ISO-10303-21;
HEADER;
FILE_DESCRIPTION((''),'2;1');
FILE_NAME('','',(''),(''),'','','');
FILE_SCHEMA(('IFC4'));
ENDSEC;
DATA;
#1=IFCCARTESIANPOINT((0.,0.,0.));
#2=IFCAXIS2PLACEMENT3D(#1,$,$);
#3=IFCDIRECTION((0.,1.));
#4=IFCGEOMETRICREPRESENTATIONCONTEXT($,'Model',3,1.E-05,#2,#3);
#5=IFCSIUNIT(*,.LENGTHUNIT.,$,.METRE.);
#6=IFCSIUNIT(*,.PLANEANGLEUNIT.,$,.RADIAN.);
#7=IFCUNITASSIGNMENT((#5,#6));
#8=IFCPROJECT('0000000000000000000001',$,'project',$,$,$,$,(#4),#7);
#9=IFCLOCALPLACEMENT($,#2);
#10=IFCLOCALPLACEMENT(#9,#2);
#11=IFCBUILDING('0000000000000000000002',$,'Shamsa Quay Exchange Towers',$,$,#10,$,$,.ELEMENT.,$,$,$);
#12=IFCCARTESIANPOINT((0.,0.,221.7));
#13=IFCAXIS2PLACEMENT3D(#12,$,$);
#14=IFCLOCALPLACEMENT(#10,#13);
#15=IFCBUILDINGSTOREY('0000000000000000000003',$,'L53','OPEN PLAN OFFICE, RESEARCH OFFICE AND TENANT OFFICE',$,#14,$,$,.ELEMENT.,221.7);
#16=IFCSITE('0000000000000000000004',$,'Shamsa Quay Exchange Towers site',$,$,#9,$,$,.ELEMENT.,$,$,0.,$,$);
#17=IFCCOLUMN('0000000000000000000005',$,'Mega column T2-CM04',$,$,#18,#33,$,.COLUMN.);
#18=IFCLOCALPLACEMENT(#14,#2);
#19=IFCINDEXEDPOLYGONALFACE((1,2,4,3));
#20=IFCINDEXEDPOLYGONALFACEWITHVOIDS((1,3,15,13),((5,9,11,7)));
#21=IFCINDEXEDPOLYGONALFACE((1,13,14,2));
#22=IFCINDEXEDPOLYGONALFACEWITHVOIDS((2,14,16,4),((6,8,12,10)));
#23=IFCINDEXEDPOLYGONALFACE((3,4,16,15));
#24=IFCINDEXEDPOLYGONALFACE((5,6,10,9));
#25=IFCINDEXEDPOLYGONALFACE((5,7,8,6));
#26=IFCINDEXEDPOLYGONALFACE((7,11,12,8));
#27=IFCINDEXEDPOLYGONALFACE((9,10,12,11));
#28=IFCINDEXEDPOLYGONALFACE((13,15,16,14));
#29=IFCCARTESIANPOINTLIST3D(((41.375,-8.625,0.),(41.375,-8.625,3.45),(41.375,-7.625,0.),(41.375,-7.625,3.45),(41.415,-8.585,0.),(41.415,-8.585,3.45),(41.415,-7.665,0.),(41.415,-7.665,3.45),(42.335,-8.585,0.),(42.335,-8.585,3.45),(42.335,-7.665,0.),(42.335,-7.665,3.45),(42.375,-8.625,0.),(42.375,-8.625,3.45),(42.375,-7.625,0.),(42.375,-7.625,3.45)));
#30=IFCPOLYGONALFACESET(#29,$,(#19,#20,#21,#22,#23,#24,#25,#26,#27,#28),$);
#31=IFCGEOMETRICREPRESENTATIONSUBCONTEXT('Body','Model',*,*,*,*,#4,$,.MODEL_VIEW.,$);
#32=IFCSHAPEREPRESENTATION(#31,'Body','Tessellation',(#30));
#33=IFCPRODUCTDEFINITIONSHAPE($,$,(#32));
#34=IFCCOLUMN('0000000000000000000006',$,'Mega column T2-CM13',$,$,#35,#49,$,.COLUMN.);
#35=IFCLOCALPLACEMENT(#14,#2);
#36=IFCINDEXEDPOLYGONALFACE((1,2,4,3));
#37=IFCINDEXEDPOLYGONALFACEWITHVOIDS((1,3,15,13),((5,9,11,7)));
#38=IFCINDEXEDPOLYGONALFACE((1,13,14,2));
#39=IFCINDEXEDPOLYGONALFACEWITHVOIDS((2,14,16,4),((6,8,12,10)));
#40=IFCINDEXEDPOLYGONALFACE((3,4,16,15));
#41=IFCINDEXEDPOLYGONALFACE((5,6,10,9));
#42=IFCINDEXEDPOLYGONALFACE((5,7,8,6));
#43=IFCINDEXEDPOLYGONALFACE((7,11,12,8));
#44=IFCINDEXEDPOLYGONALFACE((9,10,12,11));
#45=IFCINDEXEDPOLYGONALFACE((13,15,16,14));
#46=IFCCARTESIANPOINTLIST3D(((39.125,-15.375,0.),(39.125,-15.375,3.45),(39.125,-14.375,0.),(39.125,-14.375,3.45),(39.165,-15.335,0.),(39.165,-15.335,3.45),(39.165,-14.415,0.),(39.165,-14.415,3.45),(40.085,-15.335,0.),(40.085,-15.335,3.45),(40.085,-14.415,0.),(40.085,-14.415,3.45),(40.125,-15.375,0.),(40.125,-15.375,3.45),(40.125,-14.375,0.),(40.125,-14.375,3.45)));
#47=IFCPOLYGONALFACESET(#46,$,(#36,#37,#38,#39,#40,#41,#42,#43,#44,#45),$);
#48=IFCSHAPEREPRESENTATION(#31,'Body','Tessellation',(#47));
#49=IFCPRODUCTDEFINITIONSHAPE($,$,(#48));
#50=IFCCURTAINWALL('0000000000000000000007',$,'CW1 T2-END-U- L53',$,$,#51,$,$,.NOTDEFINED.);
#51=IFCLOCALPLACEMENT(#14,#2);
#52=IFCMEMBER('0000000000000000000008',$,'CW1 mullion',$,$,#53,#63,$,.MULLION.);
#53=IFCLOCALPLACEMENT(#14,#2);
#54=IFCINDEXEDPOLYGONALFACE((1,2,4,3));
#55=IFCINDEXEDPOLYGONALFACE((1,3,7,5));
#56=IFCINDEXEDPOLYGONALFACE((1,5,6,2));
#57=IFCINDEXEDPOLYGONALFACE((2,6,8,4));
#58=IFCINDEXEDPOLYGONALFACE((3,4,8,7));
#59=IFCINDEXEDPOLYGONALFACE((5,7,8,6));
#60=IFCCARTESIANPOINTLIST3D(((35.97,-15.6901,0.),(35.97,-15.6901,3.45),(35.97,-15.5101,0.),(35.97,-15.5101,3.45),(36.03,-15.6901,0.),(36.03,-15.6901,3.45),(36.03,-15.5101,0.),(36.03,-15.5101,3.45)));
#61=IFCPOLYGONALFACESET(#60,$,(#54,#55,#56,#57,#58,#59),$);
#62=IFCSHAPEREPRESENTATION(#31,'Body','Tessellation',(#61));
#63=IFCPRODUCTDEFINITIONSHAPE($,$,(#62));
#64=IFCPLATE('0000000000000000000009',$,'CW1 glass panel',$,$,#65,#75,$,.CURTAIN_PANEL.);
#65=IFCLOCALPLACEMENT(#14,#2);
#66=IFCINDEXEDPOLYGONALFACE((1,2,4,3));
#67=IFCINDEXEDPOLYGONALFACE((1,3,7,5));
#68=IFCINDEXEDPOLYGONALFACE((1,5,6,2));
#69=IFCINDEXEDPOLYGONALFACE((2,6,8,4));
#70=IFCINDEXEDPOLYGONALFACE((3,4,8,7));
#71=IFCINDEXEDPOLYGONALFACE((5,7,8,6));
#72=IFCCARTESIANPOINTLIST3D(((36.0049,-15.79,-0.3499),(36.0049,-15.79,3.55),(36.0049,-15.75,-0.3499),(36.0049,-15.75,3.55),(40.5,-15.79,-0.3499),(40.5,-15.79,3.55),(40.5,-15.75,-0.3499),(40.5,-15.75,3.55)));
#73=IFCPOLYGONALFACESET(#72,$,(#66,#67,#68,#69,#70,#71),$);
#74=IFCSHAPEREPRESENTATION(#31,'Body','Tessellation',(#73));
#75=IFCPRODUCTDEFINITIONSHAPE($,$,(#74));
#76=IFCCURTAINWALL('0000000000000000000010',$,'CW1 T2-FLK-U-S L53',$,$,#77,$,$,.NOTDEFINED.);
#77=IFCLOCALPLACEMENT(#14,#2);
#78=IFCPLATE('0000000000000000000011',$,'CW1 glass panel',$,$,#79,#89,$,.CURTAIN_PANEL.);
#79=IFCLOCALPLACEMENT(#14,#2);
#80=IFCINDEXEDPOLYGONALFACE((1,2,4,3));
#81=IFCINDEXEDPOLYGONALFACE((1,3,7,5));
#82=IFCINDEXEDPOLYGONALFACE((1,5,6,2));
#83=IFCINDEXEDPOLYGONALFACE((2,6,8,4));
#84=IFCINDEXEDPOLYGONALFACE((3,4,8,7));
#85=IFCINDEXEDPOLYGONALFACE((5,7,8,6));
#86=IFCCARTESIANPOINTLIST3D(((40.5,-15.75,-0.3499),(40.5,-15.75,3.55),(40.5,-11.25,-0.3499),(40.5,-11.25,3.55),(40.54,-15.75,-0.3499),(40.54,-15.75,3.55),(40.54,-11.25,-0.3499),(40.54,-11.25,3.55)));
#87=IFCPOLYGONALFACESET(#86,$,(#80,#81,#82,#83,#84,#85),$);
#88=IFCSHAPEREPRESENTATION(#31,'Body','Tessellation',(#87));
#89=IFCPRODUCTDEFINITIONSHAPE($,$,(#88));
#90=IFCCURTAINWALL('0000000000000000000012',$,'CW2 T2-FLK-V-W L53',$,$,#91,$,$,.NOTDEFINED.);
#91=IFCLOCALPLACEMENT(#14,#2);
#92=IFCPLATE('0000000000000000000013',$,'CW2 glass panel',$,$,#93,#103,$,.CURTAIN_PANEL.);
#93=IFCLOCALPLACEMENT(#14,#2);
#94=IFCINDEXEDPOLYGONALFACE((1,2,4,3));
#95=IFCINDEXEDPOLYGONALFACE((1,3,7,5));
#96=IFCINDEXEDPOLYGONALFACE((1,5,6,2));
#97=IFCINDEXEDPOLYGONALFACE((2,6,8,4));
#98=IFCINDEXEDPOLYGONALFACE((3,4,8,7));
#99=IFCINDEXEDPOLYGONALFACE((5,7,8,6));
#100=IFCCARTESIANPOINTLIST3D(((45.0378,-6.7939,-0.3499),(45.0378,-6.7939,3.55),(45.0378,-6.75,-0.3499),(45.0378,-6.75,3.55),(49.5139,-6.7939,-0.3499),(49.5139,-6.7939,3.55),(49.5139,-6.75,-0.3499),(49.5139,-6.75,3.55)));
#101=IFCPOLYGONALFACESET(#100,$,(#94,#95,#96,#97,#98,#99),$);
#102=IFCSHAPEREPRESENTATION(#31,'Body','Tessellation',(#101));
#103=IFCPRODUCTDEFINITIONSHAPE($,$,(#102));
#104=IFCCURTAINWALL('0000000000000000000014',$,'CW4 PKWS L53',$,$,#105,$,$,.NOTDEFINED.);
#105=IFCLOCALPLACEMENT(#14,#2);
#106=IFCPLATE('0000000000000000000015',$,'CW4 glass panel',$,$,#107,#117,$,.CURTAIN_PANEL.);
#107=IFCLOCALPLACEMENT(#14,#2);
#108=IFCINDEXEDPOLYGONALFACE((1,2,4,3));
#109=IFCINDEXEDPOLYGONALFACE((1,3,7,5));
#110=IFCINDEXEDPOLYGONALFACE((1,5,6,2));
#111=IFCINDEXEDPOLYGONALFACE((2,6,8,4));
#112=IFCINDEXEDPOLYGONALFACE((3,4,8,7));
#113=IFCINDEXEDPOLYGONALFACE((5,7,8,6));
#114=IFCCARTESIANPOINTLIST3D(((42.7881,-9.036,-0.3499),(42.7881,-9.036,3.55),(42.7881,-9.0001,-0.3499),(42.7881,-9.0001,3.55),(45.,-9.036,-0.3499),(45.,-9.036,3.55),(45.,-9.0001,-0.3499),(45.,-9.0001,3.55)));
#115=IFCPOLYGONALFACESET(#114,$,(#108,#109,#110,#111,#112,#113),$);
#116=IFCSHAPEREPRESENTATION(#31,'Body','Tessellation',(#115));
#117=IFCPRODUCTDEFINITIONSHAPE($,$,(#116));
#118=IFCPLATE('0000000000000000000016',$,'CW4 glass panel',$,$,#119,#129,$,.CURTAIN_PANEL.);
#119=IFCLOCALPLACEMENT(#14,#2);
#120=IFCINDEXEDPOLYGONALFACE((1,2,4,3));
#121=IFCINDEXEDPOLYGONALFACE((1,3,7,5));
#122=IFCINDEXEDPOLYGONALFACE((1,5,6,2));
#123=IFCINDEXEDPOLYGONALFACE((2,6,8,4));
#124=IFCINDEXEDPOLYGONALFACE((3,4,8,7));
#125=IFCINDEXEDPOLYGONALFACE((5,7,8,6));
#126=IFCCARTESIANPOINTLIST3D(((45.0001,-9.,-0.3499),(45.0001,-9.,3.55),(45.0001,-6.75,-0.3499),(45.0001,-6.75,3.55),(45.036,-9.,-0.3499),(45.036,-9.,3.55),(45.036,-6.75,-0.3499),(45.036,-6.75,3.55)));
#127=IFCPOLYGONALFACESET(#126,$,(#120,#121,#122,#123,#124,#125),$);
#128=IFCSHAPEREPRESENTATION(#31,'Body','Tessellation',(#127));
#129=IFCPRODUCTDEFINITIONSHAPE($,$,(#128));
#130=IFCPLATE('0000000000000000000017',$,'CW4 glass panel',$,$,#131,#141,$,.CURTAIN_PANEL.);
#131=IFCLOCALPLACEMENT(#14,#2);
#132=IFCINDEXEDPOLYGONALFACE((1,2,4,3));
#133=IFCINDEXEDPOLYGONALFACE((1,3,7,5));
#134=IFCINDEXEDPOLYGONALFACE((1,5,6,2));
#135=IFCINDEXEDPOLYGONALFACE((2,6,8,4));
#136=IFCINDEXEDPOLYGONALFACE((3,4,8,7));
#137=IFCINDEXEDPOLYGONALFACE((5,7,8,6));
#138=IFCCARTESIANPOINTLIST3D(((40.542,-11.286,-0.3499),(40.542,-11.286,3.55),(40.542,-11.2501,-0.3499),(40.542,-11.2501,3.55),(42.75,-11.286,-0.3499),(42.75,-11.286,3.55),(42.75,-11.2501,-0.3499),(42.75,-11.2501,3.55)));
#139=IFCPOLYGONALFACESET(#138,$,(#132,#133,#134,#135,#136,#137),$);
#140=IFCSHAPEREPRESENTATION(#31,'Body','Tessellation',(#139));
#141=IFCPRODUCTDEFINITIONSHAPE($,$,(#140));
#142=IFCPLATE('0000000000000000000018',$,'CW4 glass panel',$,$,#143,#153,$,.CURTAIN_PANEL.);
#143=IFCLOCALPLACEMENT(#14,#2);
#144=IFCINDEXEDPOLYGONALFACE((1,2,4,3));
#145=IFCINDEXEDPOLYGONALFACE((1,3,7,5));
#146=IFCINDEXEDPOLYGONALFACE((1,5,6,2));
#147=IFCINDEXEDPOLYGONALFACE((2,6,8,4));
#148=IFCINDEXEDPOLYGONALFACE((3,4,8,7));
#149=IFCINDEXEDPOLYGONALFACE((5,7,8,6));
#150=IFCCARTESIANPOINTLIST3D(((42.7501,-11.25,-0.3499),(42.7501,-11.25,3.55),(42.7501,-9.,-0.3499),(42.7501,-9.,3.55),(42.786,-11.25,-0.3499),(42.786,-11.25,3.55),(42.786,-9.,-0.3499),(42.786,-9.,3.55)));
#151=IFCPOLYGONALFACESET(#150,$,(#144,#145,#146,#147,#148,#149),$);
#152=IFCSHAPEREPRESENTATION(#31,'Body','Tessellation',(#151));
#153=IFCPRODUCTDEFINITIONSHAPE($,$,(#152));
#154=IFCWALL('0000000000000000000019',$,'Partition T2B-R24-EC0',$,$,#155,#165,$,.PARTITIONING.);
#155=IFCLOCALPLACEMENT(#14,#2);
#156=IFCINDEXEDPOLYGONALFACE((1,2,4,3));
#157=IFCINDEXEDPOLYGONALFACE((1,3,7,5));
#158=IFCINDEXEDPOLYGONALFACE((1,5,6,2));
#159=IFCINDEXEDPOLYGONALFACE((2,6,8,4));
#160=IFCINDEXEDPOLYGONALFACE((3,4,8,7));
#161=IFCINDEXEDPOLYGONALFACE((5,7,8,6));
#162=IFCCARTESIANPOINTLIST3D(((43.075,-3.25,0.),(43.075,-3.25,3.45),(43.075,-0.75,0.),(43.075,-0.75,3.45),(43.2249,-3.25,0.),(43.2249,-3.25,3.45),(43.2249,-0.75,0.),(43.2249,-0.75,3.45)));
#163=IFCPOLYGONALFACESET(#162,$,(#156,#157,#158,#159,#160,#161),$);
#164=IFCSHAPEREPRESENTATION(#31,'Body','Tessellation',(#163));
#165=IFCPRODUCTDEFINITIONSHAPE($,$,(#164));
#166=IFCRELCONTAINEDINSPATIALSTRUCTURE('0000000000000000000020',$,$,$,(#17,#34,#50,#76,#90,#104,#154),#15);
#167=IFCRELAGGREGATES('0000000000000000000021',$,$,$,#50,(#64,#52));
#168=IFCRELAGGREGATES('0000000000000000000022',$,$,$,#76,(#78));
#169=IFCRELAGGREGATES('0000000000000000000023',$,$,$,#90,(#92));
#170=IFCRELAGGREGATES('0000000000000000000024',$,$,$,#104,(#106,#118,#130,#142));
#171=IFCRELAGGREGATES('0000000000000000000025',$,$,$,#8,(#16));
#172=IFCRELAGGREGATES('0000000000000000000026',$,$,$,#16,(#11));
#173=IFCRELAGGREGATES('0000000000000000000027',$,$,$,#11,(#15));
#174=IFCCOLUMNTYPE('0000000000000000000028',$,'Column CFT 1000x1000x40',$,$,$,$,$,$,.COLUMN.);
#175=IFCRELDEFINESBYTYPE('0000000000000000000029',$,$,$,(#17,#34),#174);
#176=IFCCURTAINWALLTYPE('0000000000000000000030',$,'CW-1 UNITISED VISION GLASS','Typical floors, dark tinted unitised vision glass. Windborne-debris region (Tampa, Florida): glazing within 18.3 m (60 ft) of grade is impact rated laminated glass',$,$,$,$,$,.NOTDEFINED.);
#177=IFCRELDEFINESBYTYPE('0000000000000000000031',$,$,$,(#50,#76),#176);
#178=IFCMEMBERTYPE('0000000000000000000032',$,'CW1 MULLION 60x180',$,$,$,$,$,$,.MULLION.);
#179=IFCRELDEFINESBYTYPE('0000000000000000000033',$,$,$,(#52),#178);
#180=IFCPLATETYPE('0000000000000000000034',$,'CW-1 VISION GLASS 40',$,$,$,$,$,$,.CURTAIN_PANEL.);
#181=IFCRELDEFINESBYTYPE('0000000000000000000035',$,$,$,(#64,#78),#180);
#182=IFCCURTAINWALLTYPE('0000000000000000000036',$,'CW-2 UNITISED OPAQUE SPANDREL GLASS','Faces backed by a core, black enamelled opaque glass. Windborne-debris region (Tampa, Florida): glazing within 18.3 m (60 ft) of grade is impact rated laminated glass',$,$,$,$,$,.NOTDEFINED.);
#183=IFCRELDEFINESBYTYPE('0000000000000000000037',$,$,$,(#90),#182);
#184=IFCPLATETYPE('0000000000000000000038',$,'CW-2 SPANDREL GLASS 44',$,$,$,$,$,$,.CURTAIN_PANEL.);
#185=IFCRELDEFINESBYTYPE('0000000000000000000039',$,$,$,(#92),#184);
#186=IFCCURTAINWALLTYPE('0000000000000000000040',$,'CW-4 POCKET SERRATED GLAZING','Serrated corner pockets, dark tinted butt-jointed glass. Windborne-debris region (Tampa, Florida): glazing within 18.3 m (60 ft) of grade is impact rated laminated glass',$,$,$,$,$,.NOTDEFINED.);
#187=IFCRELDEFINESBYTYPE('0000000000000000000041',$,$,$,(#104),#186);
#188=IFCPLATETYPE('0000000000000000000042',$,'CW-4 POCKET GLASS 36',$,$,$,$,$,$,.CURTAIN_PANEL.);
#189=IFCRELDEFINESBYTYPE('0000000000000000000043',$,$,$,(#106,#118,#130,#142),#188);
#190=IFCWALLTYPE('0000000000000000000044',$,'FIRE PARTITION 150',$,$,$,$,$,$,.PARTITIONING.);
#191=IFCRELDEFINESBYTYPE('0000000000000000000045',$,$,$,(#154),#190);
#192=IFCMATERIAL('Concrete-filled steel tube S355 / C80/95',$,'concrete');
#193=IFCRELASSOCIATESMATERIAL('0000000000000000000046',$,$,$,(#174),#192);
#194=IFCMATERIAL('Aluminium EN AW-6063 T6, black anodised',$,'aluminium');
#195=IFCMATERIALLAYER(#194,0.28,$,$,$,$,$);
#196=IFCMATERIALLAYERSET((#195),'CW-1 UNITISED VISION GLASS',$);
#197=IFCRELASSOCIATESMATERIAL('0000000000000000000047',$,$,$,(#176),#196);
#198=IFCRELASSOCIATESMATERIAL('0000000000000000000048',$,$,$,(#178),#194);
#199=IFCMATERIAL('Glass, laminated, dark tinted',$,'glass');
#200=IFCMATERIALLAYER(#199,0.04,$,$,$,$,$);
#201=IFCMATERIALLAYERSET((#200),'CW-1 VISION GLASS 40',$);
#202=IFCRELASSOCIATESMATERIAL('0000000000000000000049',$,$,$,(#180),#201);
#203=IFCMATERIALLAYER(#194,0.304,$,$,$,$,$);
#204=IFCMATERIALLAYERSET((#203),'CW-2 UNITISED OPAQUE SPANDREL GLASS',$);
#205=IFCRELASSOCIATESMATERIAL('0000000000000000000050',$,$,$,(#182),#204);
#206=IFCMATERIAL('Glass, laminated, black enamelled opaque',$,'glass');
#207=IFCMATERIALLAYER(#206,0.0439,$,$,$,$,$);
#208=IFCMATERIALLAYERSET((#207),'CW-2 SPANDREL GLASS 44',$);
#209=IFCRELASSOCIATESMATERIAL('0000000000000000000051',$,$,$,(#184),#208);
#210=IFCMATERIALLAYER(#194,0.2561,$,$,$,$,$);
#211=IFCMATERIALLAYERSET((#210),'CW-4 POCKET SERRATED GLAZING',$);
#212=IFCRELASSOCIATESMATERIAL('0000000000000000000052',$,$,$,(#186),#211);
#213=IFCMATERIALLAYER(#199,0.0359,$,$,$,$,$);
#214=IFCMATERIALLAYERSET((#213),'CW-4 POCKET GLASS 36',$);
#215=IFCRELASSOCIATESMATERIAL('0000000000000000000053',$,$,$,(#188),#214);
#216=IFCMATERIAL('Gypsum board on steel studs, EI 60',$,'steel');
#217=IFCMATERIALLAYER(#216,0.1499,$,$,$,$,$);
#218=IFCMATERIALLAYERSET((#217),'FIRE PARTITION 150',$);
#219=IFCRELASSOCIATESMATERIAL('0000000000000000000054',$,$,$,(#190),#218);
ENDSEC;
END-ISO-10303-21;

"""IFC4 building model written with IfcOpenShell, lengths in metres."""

from ifc_helpers import new_model, si_unit, direction, frame, frame_2d, origin, origin_2d, place, context, subcontext, project, spatial, rectangle, hollow_rectangle, extrude, material, layer, layer_set, material_profile, profile_set, type_object, element, aggregate, save


model = new_model("IFC4")

# Units and contexts
model_context = context("Model", 3, precision=1e-05, world=origin(), true_north=direction((0.0, 1.0)))
body_context = subcontext(model_context, "Body", "Model", "MODEL_VIEW")
ifc_project = project(units=[si_unit("LENGTHUNIT", "METRE"), si_unit("PLANEANGLEUNIT", "RADIAN")], contexts=[model_context])

# Site, building, storey
site_placement = place(None, origin())
site = spatial("IfcSite", under=ifc_project, at=site_placement, Name="Shamsa Quay Exchange Towers site", CompositionType="ELEMENT", RefElevation=0.0)
building_placement = place(site_placement, origin())
building = spatial("IfcBuilding", under=site, at=building_placement, Name="Shamsa Quay Exchange Towers", CompositionType="ELEMENT")
storey_placement = place(building_placement, frame((0.0, 0.0, 221.7)))
storey = spatial("IfcBuildingStorey", under=building, at=storey_placement, Name="L53", Description="OPEN PLAN OFFICE, RESEARCH OFFICE AND TENANT OFFICE", CompositionType="ELEMENT", Elevation=221.7)

# Columns
ifc_material_1 = material(Name="Concrete-filled steel tube S355 / C80/95", Category="concrete")
ifc_material_profile_1 = material_profile(ifc_material_1, hollow_rectangle(XDim=1.0, YDim=1.0, WallThickness=0.04, at=origin_2d()), Name="CFT 1000x1000x40")
ifc_profile_set_1 = profile_set([ifc_material_profile_1], Name="Concrete-filled steel tube S355 / C80/95")
column_type = type_object("IfcColumnType", Name="Column CFT 1000x1000x40", PredefinedType="COLUMN", material=ifc_profile_set_1)
for number, where, name in (
    (1, (41.875, -8.125, 0.0), "Mega column T2-CM04"),
    (2, (39.625, -14.875, 0.0), "Mega column T2-CM13"),
):
    element("IfcColumn", number, at=place(storey_placement, frame(where)), inside=storey, type_object=column_type, Name=name, PredefinedType="COLUMN", context=body_context, shape_type="SweptSolid", body=[
        extrude(hollow_rectangle(XDim=1.0, YDim=1.0, WallThickness=0.04, at=origin_2d()), origin(), (0.0, 0.0, 1.0), 3.45),
    ])

# Curtain wall, member, plate
ifc_material_2 = material(Name="Aluminium EN AW-6063 T6, black anodised", Category="aluminium")
ifc_layer_1 = layer(ifc_material_2, 0.28)
ifc_layer_set_1 = layer_set([ifc_layer_1], Name="CW-1 UNITISED VISION GLASS")
curtain_wall_type_1 = type_object("IfcCurtainWallType", Name="CW-1 UNITISED VISION GLASS", Description="Typical floors, dark tinted unitised vision glass. Windborne-debris region (Tampa, Florida): glazing within 18.3 m (60 ft) of grade is impact rated laminated glass", PredefinedType="NOTDEFINED", material=ifc_layer_set_1)
curtain_wall_1_placement = place(storey_placement, origin())
curtain_wall_1 = element("IfcCurtainWall", 3, at=curtain_wall_1_placement, inside=storey, type_object=curtain_wall_type_1, Name="CW1 T2-END-U- L53", PredefinedType="NOTDEFINED")
ifc_material_profile_2 = material_profile(ifc_material_2, rectangle(XDim=0.1799, YDim=0.0601, at=origin_2d()), Name="MU60x180")
ifc_profile_set_2 = profile_set([ifc_material_profile_2], Name="Aluminium EN AW-6063 T6, black anodised")
member_type = type_object("IfcMemberType", Name="CW1 MULLION 60x180", PredefinedType="MULLION", material=ifc_profile_set_2)
member_placement = place(storey_placement, frame((36.0, -15.6001, 0.0), z_axis=(0.0, 0.0, 1.0), x_axis=(0.0, 1.0, 0.0)))
member = element("IfcMember", 4, at=member_placement, type_object=member_type, Name="CW1 mullion", PredefinedType="MULLION", context=body_context, shape_type="SweptSolid", body=[
    extrude(rectangle(XDim=0.1799, YDim=0.0601, at=origin_2d()), origin(), (0.0, 0.0, 1.0), 3.45),
])
ifc_material_3 = material(Name="Glass, laminated, dark tinted", Category="glass")
ifc_layer_2 = layer(ifc_material_3, 0.04)
ifc_layer_set_2 = layer_set([ifc_layer_2], Name="CW-1 VISION GLASS 40")
plate_type_1 = type_object("IfcPlateType", Name="CW-1 VISION GLASS 40", PredefinedType="CURTAIN_PANEL", material=ifc_layer_set_2)
plate_1_placement = place(storey_placement, frame((38.2524, -15.77, -0.3499)))
plate_1 = element("IfcPlate", 5, at=plate_1_placement, type_object=plate_type_1, Name="CW1 glass panel", PredefinedType="CURTAIN_PANEL", context=body_context, shape_type="SweptSolid", body=[
    extrude(rectangle(XDim=4.4951, YDim=0.04, at=origin_2d()), origin(), (0.0, 0.0, 1.0), 3.8999),
])
aggregate(curtain_wall_1, [plate_1, member])

# Curtain walls, plates
curtain_wall_2_placement = place(storey_placement, origin())
curtain_wall_2 = element("IfcCurtainWall", 6, at=curtain_wall_2_placement, inside=storey, type_object=curtain_wall_type_1, Name="CW1 T2-FLK-U-S L53", PredefinedType="NOTDEFINED")
plate_2_placement = place(storey_placement, frame((40.52, -13.5, -0.3499), z_axis=(0.0, 0.0, 1.0), x_axis=(0.0, 1.0, 0.0)))
plate_2 = element("IfcPlate", 7, at=plate_2_placement, type_object=plate_type_1, Name="CW1 glass panel", PredefinedType="CURTAIN_PANEL", context=body_context, shape_type="SweptSolid", body=[
    extrude(rectangle(XDim=4.5, YDim=0.04, at=origin_2d()), origin(), (0.0, 0.0, 1.0), 3.8999),
])
aggregate(curtain_wall_2, [plate_2])
ifc_layer_3 = layer(ifc_material_2, 0.304)
ifc_layer_set_3 = layer_set([ifc_layer_3], Name="CW-2 UNITISED OPAQUE SPANDREL GLASS")
curtain_wall_type_2 = type_object("IfcCurtainWallType", Name="CW-2 UNITISED OPAQUE SPANDREL GLASS", Description="Faces backed by a core, black enamelled opaque glass. Windborne-debris region (Tampa, Florida): glazing within 18.3 m (60 ft) of grade is impact rated laminated glass", PredefinedType="NOTDEFINED", material=ifc_layer_set_3)
curtain_wall_3_placement = place(storey_placement, origin())
curtain_wall_3 = element("IfcCurtainWall", 8, at=curtain_wall_3_placement, inside=storey, type_object=curtain_wall_type_2, Name="CW2 T2-FLK-V-W L53", PredefinedType="NOTDEFINED")
ifc_material_4 = material(Name="Glass, laminated, black enamelled opaque", Category="glass")
ifc_layer_4 = layer(ifc_material_4, 0.0439)
ifc_layer_set_4 = layer_set([ifc_layer_4], Name="CW-2 SPANDREL GLASS 44")
plate_type_2 = type_object("IfcPlateType", Name="CW-2 SPANDREL GLASS 44", PredefinedType="CURTAIN_PANEL", material=ifc_layer_set_4)
plate_3_placement = place(storey_placement, frame((47.2759, -6.772, -0.3499)))
plate_3 = element("IfcPlate", 9, at=plate_3_placement, type_object=plate_type_2, Name="CW2 glass panel", PredefinedType="CURTAIN_PANEL", context=body_context, shape_type="SweptSolid", body=[
    extrude(rectangle(XDim=4.4761, YDim=0.0439, at=origin_2d()), origin(), (0.0, 0.0, 1.0), 3.8999),
])
aggregate(curtain_wall_3, [plate_3])

# Curtain wall, plates
ifc_layer_5 = layer(ifc_material_2, 0.2561)
ifc_layer_set_5 = layer_set([ifc_layer_5], Name="CW-4 POCKET SERRATED GLAZING")
curtain_wall_type_3 = type_object("IfcCurtainWallType", Name="CW-4 POCKET SERRATED GLAZING", Description="Serrated corner pockets, dark tinted butt-jointed glass. Windborne-debris region (Tampa, Florida): glazing within 18.3 m (60 ft) of grade is impact rated laminated glass", PredefinedType="NOTDEFINED", material=ifc_layer_set_5)
curtain_wall_4_placement = place(storey_placement, origin())
curtain_wall_4 = element("IfcCurtainWall", 10, at=curtain_wall_4_placement, inside=storey, type_object=curtain_wall_type_3, Name="CW4 PKWS L53", PredefinedType="NOTDEFINED")
ifc_layer_6 = layer(ifc_material_3, 0.0359)
ifc_layer_set_6 = layer_set([ifc_layer_6], Name="CW-4 POCKET GLASS 36")
plate_type_3 = type_object("IfcPlateType", Name="CW-4 POCKET GLASS 36", PredefinedType="CURTAIN_PANEL", material=ifc_layer_set_6)
plate_4_placement = place(storey_placement, frame((43.894, -9.0181, -0.3499)))
plate_4 = element("IfcPlate", 11, at=plate_4_placement, type_object=plate_type_3, Name="CW4 glass panel", PredefinedType="CURTAIN_PANEL", context=body_context, shape_type="SweptSolid", body=[
    extrude(rectangle(XDim=2.2119, YDim=0.0359, at=origin_2d()), origin(), (0.0, 0.0, 1.0), 3.8999),
])
plate_5_placement = place(storey_placement, frame((45.0181, -7.875, -0.3499), z_axis=(0.0, 0.0, 1.0), x_axis=(0.0, 1.0, 0.0)))
plate_5 = element("IfcPlate", 12, at=plate_5_placement, type_object=plate_type_3, Name="CW4 glass panel", PredefinedType="CURTAIN_PANEL", context=body_context, shape_type="SweptSolid", body=[
    extrude(rectangle(XDim=2.25, YDim=0.0359, at=origin_2d()), origin(), (0.0, 0.0, 1.0), 3.8999),
])
plate_6_placement = place(storey_placement, frame((41.646, -11.2681, -0.3499)))
plate_6 = element("IfcPlate", 13, at=plate_6_placement, type_object=plate_type_3, Name="CW4 glass panel", PredefinedType="CURTAIN_PANEL", context=body_context, shape_type="SweptSolid", body=[
    extrude(rectangle(XDim=2.208, YDim=0.0359, at=origin_2d()), origin(), (0.0, 0.0, 1.0), 3.8999),
])
plate_7_placement = place(storey_placement, frame((42.7681, -10.125, -0.3499), z_axis=(0.0, 0.0, 1.0), x_axis=(0.0, 1.0, 0.0)))
plate_7 = element("IfcPlate", 14, at=plate_7_placement, type_object=plate_type_3, Name="CW4 glass panel", PredefinedType="CURTAIN_PANEL", context=body_context, shape_type="SweptSolid", body=[
    extrude(rectangle(XDim=2.25, YDim=0.0359, at=origin_2d()), origin(), (0.0, 0.0, 1.0), 3.8999),
])
aggregate(curtain_wall_4, [plate_4, plate_5, plate_6, plate_7])

# Wall
ifc_material_5 = material(Name="Gypsum board on steel studs, EI 60", Category="steel")
ifc_layer_7 = layer(ifc_material_5, 0.1499)
ifc_layer_set_7 = layer_set([ifc_layer_7], Name="FIRE PARTITION 150")
wall_type_1 = type_object("IfcWallType", Name="FIRE PARTITION 150", PredefinedType="PARTITIONING", material=ifc_layer_set_7)
wall_1_placement = place(storey_placement, frame((43.1499, -3.25, 0.0), z_axis=(0.0, 0.0, 1.0), x_axis=(0.0, 1.0, 0.0)))
element("IfcWall", 15, at=wall_1_placement, inside=storey, type_object=wall_type_1, Name="Partition T2B-R24-EC0", PredefinedType="PARTITIONING", context=body_context, shape_type="SweptSolid", body=[
    extrude(rectangle(XDim=2.5, YDim=0.1499, at=frame_2d((1.25, 0.0))), origin(), (0.0, 0.0, 1.0), 3.45),
])

save(model, "model.ifc")
